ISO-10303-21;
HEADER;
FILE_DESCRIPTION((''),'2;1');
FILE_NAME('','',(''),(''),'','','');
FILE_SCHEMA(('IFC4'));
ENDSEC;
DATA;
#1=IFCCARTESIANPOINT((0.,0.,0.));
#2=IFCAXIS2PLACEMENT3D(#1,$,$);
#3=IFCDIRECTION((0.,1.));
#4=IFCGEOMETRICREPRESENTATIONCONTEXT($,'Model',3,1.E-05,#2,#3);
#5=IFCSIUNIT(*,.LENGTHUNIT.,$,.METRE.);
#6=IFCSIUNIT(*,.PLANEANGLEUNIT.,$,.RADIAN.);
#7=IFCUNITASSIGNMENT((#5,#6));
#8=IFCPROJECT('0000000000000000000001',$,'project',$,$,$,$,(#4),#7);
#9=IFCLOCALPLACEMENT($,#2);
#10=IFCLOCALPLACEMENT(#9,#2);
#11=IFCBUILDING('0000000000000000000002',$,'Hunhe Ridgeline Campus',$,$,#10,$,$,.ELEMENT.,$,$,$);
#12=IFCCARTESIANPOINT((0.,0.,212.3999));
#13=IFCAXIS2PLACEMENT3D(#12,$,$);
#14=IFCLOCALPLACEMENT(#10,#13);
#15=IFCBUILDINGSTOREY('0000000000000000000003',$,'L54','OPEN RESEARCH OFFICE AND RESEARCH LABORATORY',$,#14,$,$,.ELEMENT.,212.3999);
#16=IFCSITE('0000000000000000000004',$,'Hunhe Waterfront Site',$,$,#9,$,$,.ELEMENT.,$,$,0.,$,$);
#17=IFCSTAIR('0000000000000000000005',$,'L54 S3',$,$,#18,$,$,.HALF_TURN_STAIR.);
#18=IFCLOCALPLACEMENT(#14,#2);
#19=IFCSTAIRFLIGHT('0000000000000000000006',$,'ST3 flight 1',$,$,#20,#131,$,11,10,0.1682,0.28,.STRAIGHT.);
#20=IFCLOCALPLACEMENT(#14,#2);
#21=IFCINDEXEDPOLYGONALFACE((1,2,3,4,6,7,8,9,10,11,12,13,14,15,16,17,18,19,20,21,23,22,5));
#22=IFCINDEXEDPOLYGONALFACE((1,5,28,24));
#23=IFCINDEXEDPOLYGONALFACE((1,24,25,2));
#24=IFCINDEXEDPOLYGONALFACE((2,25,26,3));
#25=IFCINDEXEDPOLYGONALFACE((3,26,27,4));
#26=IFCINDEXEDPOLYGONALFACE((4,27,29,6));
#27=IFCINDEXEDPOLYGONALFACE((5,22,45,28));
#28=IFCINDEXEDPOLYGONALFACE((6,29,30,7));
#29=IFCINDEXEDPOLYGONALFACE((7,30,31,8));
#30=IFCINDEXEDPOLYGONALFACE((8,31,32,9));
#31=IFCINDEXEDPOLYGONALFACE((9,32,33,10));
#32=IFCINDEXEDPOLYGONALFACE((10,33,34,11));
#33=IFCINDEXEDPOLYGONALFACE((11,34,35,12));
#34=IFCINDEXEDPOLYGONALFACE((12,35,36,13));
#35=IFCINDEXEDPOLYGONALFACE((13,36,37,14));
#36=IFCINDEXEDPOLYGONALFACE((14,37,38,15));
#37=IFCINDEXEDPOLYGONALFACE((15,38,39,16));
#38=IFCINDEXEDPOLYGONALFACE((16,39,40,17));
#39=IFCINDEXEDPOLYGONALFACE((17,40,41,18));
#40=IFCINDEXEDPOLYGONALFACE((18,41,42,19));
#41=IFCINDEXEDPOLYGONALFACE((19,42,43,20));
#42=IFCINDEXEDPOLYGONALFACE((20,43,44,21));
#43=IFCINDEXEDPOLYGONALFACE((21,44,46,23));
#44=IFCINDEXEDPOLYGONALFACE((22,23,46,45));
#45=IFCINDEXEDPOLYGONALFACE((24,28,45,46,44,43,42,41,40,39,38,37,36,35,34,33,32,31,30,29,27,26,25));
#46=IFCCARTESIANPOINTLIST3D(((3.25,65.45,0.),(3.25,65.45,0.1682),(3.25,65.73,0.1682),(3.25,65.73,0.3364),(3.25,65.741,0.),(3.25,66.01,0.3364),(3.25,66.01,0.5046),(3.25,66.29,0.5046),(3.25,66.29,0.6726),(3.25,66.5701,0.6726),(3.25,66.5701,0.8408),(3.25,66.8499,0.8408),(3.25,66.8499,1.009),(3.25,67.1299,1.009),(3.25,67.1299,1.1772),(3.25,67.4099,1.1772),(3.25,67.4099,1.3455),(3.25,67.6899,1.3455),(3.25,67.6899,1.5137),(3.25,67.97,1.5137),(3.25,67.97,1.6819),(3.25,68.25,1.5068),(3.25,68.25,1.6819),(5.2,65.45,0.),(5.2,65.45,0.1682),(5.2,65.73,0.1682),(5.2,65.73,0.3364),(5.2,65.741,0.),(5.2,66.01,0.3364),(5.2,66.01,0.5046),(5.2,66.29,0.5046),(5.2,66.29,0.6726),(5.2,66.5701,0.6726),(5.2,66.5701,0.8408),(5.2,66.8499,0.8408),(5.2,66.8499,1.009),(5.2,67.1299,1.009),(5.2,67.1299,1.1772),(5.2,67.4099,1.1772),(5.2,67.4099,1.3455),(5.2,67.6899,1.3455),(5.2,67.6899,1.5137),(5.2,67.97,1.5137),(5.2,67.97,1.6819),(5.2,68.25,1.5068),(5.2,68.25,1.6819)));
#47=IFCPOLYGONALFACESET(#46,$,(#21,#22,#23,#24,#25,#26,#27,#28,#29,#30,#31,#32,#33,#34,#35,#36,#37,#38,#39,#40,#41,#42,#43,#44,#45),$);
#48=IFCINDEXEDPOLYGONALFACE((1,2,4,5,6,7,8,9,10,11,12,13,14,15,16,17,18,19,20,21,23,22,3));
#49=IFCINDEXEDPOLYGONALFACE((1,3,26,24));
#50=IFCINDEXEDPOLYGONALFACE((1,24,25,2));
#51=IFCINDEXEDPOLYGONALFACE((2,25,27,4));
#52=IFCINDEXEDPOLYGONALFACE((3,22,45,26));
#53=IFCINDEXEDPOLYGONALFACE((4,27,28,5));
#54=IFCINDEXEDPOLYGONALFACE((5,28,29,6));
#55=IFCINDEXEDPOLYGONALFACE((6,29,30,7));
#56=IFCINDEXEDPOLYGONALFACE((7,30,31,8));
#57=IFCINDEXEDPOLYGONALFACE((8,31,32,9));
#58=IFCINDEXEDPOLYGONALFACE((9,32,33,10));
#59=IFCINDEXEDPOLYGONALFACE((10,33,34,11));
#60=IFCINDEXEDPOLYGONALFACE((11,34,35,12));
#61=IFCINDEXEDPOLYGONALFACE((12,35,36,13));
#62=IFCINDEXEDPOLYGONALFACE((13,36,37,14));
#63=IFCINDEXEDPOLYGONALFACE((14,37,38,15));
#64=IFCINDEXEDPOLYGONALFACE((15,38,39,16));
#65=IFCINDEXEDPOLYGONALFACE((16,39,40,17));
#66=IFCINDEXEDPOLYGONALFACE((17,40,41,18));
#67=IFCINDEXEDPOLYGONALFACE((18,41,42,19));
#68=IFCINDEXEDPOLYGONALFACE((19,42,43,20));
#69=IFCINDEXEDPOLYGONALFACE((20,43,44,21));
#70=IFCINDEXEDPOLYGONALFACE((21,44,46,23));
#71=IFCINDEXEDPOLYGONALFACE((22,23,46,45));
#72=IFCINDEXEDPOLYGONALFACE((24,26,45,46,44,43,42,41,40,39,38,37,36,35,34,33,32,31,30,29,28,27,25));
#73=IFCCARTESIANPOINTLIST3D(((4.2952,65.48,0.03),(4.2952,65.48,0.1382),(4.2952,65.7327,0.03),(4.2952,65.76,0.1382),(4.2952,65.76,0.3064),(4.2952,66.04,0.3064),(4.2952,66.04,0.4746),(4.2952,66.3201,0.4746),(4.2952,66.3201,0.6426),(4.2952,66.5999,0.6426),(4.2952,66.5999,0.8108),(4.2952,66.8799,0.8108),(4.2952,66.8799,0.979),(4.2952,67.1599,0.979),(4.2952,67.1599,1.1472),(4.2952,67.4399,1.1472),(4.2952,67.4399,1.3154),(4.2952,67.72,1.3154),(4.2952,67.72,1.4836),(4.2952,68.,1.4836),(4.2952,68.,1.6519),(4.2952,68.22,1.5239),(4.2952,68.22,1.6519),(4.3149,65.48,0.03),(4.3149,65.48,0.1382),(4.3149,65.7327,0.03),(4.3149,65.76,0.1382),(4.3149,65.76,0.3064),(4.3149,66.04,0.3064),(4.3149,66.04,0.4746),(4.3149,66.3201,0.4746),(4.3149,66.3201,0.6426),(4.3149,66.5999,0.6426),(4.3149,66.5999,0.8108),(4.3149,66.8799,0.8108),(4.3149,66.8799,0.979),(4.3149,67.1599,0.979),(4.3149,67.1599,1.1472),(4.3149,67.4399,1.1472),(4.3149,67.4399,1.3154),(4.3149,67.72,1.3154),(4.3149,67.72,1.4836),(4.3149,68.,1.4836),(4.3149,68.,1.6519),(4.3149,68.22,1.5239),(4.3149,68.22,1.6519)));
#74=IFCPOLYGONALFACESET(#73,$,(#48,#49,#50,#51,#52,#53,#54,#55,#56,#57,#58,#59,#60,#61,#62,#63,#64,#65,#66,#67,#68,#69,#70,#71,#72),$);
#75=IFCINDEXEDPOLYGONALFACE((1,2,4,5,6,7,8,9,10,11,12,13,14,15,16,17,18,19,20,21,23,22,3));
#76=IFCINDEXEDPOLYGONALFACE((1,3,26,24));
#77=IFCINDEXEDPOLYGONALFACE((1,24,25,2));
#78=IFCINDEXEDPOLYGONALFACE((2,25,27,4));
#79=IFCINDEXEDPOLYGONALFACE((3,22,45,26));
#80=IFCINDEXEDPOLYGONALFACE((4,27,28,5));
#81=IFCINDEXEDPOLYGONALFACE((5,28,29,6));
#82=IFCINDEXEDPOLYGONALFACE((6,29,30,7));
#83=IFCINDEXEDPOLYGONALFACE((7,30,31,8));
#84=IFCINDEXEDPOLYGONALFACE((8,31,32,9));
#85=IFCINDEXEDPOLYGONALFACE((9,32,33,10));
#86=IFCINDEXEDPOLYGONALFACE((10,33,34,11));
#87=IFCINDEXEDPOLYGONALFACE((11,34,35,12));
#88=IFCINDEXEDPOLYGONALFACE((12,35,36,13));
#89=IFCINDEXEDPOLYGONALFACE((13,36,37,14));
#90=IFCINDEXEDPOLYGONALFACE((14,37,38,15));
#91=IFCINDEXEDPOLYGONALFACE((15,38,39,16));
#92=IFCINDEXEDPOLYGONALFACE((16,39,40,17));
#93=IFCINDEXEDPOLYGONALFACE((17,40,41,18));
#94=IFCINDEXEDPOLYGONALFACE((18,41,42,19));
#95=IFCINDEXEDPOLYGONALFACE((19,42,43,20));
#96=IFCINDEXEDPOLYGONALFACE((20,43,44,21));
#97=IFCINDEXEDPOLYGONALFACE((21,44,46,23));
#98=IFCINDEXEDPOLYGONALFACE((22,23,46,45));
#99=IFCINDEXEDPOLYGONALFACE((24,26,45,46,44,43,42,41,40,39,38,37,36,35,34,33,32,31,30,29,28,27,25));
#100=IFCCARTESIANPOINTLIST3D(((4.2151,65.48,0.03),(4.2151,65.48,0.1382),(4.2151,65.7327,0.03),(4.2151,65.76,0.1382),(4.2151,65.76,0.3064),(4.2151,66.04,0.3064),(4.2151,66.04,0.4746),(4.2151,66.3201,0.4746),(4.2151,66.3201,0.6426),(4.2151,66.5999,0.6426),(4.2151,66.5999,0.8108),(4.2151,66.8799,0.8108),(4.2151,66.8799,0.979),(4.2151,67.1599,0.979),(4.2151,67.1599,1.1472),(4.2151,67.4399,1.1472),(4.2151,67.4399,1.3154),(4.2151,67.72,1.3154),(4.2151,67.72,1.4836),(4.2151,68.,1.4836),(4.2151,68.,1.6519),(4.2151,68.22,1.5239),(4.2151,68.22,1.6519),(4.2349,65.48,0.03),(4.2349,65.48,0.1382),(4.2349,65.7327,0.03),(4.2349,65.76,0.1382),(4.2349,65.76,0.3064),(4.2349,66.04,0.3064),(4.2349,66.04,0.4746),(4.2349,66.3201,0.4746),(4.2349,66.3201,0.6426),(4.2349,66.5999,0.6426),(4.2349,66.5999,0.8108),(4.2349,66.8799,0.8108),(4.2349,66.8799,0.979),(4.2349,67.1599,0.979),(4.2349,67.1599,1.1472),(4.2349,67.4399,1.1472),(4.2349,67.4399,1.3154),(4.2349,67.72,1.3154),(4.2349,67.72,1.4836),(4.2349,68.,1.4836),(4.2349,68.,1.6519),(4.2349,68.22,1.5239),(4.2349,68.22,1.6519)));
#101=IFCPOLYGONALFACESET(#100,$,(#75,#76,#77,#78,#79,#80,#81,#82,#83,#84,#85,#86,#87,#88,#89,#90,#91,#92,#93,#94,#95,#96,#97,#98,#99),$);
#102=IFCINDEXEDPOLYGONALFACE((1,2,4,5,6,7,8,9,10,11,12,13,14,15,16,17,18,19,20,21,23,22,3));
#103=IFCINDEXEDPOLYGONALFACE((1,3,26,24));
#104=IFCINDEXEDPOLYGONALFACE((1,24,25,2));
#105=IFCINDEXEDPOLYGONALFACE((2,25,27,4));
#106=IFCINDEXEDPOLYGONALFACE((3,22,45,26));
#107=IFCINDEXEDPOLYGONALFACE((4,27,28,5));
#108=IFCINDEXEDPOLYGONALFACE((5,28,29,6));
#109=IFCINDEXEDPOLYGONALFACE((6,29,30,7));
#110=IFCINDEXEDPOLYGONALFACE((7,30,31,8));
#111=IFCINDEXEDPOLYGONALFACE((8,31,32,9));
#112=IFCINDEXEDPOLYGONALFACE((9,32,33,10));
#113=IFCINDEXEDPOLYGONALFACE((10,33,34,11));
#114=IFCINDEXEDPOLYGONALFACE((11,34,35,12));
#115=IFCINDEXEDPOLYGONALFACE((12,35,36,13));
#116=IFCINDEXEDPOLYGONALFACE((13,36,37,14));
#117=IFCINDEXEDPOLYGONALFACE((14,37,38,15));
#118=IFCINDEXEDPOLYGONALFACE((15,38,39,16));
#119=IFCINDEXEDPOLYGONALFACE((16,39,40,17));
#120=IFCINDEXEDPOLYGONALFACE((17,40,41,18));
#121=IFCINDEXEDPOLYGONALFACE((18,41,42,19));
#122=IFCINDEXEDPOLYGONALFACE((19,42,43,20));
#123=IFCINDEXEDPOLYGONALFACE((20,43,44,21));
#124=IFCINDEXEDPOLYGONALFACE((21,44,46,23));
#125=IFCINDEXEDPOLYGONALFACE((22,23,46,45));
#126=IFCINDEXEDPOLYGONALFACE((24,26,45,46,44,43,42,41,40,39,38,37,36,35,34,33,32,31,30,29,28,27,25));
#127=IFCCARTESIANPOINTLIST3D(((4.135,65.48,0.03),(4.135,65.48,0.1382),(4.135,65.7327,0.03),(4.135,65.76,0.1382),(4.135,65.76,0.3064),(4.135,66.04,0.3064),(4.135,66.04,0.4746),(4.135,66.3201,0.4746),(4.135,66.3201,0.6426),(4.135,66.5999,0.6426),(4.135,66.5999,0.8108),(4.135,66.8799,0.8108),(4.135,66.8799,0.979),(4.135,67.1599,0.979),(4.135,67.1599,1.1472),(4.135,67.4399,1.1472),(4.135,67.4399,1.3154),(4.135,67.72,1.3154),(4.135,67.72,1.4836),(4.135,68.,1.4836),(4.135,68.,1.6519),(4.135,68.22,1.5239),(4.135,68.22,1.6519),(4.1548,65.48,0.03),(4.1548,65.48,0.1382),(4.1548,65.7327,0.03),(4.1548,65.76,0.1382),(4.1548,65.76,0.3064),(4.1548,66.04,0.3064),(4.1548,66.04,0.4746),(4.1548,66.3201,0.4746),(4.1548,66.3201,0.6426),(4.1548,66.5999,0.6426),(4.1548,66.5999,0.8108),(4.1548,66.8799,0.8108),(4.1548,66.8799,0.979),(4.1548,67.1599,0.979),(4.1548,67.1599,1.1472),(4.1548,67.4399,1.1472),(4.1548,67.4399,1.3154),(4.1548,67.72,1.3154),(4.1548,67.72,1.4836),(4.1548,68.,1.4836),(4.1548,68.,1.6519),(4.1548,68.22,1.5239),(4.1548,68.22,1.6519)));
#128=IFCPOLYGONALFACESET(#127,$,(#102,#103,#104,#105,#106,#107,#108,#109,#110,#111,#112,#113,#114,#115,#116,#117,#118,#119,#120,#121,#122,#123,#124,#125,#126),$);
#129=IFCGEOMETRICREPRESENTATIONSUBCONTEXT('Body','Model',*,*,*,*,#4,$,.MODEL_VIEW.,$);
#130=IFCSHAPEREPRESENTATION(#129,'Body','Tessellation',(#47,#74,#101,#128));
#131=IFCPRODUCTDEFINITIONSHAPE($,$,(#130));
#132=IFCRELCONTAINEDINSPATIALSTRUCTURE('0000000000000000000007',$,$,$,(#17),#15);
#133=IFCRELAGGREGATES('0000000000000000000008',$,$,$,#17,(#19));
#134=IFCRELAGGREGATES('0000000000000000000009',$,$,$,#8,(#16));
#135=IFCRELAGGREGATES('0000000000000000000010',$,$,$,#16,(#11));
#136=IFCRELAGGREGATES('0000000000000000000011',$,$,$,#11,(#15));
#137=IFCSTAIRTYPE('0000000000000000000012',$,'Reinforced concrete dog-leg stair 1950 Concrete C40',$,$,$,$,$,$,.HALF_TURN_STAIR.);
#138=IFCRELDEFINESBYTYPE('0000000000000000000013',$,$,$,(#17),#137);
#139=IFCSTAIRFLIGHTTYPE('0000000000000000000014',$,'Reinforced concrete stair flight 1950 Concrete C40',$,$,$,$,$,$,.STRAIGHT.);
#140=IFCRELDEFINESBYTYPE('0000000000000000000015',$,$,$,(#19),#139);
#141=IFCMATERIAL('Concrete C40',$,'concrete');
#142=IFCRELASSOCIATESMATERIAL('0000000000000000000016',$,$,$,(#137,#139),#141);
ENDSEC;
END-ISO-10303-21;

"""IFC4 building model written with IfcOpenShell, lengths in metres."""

from ifc_helpers import new_model, si_unit, direction, frame, origin, place, context, subcontext, project, spatial, polyline, outline, extrude, material, type_object, element, aggregate, save


model = new_model("IFC4")

# Units and contexts
model_context = context("Model", 3, precision=1e-05, world=origin(), true_north=direction((0.0, 1.0)))
body_context = subcontext(model_context, "Body", "Model", "MODEL_VIEW")
ifc_project = project(units=[si_unit("LENGTHUNIT", "METRE"), si_unit("PLANEANGLEUNIT", "RADIAN")], contexts=[model_context])

# Site, building, storey
site_placement = place(None, origin())
site = spatial("IfcSite", under=ifc_project, at=site_placement, Name="Hunhe Waterfront Site", CompositionType="ELEMENT", RefElevation=0.0)
building_placement = place(site_placement, origin())
building = spatial("IfcBuilding", under=site, at=building_placement, Name="Hunhe Ridgeline Campus", CompositionType="ELEMENT")
storey_placement = place(building_placement, frame((0.0, 0.0, 212.3999)))
storey = spatial("IfcBuildingStorey", under=building, at=storey_placement, Name="L54", Description="OPEN RESEARCH OFFICE AND RESEARCH LABORATORY", CompositionType="ELEMENT", Elevation=212.3999)

# Stair, stair flight
ifc_material_1 = material(Name="Concrete C40", Category="concrete")
stair_type = type_object("IfcStairType", Name="Reinforced concrete dog-leg stair 1950 Concrete C40", PredefinedType="HALF_TURN_STAIR", material=ifc_material_1)
stair_1_placement = place(storey_placement, origin())
stair_1 = element("IfcStair", 1, at=stair_1_placement, inside=storey, type_object=stair_type, Name="L54 S3", PredefinedType="HALF_TURN_STAIR")
stair_flight_type = type_object("IfcStairFlightType", Name="Reinforced concrete stair flight 1950 Concrete C40", PredefinedType="STRAIGHT", material=ifc_material_1)
stair_flight_1_placement = place(storey_placement, frame((4.2251, 65.45, 0.0), z_axis=(0.0, 0.0, 1.0), x_axis=(0.0, 1.0, 0.0)))
stair_flight_1 = element("IfcStairFlight", 2, at=stair_flight_1_placement, type_object=stair_flight_type, Name="ST3 flight 1", NumberOfRisers=11, NumberOfTreads=10, PredefinedType="STRAIGHT", RiserHeight=0.1682, TreadLength=0.28, context=body_context, shape_type="SweptSolid", body=[
    extrude(outline(polyline([(0.0, 0.0), (0.0, 0.1682), (0.28, 0.1682), (0.28, 0.3364), (0.5601, 0.3364), (0.5601, 0.5046), (0.8401, 0.5046), (0.8401, 0.6726), (1.1201, 0.6726), (1.1201, 0.8408), (1.3999, 0.8408), (1.3999, 1.009), (1.6799, 1.009), (1.6799, 1.1772), (1.96, 1.1772), (1.96, 1.3455), (2.24, 1.3455), (2.24, 1.5137), (2.52, 1.5137), (2.52, 1.6819), (2.8, 1.6819), (2.8, 1.8501), (2.8, 1.5068), (0.291, 0.0), (0.0, 0.0)])), frame((0.0, 0.9751, 0.0), z_axis=(0.0, -1.0, 0.0), x_axis=(1.0, 0.0, 0.0)), (0.0, 0.0, 1.0), 1.95),
    extrude(outline(polyline([(0.03, 0.03), (0.03, 0.1382), (0.3101, 0.1382), (0.3101, 0.3064), (0.5901, 0.3064), (0.5901, 0.4746), (0.8701, 0.4746), (0.8701, 0.6426), (1.1499, 0.6426), (1.1499, 0.8108), (1.4299, 0.8108), (1.4299, 0.979), (1.71, 0.979), (1.71, 1.1472), (1.99, 1.1472), (1.99, 1.3154), (2.27, 1.3154), (2.27, 1.4836), (2.55, 1.4836), (2.55, 1.6519), (2.77, 1.6519), (2.77, 1.5239), (0.2827, 0.03), (0.03, 0.03)])), frame((0.0, -0.0701, 0.0), z_axis=(0.0, -1.0, 0.0), x_axis=(1.0, 0.0, 0.0)), (0.0, 0.0, 1.0), 0.0198),
    extrude(outline(polyline([(0.03, 0.03), (0.03, 0.1382), (0.3101, 0.1382), (0.3101, 0.3064), (0.5901, 0.3064), (0.5901, 0.4746), (0.8701, 0.4746), (0.8701, 0.6426), (1.1499, 0.6426), (1.1499, 0.8108), (1.4299, 0.8108), (1.4299, 0.979), (1.71, 0.979), (1.71, 1.1472), (1.99, 1.1472), (1.99, 1.3154), (2.27, 1.3154), (2.27, 1.4836), (2.55, 1.4836), (2.55, 1.6519), (2.77, 1.6519), (2.77, 1.5239), (0.2827, 0.03), (0.03, 0.03)])), frame((0.0, 0.01, 0.0), z_axis=(0.0, -1.0, 0.0), x_axis=(1.0, 0.0, 0.0)), (0.0, 0.0, 1.0), 0.0198),
    extrude(outline(polyline([(0.03, 0.03), (0.03, 0.1382), (0.3101, 0.1382), (0.3101, 0.3064), (0.5901, 0.3064), (0.5901, 0.4746), (0.8701, 0.4746), (0.8701, 0.6426), (1.1499, 0.6426), (1.1499, 0.8108), (1.4299, 0.8108), (1.4299, 0.979), (1.71, 0.979), (1.71, 1.1472), (1.99, 1.1472), (1.99, 1.3154), (2.27, 1.3154), (2.27, 1.4836), (2.55, 1.4836), (2.55, 1.6519), (2.77, 1.6519), (2.77, 1.5239), (0.2827, 0.03), (0.03, 0.03)])), frame((0.0, 0.0901, 0.0), z_axis=(0.0, -1.0, 0.0), x_axis=(1.0, 0.0, 0.0)), (0.0, 0.0, 1.0), 0.0198),
])
aggregate(stair_1, [stair_flight_1])

save(model, "model.ifc")
